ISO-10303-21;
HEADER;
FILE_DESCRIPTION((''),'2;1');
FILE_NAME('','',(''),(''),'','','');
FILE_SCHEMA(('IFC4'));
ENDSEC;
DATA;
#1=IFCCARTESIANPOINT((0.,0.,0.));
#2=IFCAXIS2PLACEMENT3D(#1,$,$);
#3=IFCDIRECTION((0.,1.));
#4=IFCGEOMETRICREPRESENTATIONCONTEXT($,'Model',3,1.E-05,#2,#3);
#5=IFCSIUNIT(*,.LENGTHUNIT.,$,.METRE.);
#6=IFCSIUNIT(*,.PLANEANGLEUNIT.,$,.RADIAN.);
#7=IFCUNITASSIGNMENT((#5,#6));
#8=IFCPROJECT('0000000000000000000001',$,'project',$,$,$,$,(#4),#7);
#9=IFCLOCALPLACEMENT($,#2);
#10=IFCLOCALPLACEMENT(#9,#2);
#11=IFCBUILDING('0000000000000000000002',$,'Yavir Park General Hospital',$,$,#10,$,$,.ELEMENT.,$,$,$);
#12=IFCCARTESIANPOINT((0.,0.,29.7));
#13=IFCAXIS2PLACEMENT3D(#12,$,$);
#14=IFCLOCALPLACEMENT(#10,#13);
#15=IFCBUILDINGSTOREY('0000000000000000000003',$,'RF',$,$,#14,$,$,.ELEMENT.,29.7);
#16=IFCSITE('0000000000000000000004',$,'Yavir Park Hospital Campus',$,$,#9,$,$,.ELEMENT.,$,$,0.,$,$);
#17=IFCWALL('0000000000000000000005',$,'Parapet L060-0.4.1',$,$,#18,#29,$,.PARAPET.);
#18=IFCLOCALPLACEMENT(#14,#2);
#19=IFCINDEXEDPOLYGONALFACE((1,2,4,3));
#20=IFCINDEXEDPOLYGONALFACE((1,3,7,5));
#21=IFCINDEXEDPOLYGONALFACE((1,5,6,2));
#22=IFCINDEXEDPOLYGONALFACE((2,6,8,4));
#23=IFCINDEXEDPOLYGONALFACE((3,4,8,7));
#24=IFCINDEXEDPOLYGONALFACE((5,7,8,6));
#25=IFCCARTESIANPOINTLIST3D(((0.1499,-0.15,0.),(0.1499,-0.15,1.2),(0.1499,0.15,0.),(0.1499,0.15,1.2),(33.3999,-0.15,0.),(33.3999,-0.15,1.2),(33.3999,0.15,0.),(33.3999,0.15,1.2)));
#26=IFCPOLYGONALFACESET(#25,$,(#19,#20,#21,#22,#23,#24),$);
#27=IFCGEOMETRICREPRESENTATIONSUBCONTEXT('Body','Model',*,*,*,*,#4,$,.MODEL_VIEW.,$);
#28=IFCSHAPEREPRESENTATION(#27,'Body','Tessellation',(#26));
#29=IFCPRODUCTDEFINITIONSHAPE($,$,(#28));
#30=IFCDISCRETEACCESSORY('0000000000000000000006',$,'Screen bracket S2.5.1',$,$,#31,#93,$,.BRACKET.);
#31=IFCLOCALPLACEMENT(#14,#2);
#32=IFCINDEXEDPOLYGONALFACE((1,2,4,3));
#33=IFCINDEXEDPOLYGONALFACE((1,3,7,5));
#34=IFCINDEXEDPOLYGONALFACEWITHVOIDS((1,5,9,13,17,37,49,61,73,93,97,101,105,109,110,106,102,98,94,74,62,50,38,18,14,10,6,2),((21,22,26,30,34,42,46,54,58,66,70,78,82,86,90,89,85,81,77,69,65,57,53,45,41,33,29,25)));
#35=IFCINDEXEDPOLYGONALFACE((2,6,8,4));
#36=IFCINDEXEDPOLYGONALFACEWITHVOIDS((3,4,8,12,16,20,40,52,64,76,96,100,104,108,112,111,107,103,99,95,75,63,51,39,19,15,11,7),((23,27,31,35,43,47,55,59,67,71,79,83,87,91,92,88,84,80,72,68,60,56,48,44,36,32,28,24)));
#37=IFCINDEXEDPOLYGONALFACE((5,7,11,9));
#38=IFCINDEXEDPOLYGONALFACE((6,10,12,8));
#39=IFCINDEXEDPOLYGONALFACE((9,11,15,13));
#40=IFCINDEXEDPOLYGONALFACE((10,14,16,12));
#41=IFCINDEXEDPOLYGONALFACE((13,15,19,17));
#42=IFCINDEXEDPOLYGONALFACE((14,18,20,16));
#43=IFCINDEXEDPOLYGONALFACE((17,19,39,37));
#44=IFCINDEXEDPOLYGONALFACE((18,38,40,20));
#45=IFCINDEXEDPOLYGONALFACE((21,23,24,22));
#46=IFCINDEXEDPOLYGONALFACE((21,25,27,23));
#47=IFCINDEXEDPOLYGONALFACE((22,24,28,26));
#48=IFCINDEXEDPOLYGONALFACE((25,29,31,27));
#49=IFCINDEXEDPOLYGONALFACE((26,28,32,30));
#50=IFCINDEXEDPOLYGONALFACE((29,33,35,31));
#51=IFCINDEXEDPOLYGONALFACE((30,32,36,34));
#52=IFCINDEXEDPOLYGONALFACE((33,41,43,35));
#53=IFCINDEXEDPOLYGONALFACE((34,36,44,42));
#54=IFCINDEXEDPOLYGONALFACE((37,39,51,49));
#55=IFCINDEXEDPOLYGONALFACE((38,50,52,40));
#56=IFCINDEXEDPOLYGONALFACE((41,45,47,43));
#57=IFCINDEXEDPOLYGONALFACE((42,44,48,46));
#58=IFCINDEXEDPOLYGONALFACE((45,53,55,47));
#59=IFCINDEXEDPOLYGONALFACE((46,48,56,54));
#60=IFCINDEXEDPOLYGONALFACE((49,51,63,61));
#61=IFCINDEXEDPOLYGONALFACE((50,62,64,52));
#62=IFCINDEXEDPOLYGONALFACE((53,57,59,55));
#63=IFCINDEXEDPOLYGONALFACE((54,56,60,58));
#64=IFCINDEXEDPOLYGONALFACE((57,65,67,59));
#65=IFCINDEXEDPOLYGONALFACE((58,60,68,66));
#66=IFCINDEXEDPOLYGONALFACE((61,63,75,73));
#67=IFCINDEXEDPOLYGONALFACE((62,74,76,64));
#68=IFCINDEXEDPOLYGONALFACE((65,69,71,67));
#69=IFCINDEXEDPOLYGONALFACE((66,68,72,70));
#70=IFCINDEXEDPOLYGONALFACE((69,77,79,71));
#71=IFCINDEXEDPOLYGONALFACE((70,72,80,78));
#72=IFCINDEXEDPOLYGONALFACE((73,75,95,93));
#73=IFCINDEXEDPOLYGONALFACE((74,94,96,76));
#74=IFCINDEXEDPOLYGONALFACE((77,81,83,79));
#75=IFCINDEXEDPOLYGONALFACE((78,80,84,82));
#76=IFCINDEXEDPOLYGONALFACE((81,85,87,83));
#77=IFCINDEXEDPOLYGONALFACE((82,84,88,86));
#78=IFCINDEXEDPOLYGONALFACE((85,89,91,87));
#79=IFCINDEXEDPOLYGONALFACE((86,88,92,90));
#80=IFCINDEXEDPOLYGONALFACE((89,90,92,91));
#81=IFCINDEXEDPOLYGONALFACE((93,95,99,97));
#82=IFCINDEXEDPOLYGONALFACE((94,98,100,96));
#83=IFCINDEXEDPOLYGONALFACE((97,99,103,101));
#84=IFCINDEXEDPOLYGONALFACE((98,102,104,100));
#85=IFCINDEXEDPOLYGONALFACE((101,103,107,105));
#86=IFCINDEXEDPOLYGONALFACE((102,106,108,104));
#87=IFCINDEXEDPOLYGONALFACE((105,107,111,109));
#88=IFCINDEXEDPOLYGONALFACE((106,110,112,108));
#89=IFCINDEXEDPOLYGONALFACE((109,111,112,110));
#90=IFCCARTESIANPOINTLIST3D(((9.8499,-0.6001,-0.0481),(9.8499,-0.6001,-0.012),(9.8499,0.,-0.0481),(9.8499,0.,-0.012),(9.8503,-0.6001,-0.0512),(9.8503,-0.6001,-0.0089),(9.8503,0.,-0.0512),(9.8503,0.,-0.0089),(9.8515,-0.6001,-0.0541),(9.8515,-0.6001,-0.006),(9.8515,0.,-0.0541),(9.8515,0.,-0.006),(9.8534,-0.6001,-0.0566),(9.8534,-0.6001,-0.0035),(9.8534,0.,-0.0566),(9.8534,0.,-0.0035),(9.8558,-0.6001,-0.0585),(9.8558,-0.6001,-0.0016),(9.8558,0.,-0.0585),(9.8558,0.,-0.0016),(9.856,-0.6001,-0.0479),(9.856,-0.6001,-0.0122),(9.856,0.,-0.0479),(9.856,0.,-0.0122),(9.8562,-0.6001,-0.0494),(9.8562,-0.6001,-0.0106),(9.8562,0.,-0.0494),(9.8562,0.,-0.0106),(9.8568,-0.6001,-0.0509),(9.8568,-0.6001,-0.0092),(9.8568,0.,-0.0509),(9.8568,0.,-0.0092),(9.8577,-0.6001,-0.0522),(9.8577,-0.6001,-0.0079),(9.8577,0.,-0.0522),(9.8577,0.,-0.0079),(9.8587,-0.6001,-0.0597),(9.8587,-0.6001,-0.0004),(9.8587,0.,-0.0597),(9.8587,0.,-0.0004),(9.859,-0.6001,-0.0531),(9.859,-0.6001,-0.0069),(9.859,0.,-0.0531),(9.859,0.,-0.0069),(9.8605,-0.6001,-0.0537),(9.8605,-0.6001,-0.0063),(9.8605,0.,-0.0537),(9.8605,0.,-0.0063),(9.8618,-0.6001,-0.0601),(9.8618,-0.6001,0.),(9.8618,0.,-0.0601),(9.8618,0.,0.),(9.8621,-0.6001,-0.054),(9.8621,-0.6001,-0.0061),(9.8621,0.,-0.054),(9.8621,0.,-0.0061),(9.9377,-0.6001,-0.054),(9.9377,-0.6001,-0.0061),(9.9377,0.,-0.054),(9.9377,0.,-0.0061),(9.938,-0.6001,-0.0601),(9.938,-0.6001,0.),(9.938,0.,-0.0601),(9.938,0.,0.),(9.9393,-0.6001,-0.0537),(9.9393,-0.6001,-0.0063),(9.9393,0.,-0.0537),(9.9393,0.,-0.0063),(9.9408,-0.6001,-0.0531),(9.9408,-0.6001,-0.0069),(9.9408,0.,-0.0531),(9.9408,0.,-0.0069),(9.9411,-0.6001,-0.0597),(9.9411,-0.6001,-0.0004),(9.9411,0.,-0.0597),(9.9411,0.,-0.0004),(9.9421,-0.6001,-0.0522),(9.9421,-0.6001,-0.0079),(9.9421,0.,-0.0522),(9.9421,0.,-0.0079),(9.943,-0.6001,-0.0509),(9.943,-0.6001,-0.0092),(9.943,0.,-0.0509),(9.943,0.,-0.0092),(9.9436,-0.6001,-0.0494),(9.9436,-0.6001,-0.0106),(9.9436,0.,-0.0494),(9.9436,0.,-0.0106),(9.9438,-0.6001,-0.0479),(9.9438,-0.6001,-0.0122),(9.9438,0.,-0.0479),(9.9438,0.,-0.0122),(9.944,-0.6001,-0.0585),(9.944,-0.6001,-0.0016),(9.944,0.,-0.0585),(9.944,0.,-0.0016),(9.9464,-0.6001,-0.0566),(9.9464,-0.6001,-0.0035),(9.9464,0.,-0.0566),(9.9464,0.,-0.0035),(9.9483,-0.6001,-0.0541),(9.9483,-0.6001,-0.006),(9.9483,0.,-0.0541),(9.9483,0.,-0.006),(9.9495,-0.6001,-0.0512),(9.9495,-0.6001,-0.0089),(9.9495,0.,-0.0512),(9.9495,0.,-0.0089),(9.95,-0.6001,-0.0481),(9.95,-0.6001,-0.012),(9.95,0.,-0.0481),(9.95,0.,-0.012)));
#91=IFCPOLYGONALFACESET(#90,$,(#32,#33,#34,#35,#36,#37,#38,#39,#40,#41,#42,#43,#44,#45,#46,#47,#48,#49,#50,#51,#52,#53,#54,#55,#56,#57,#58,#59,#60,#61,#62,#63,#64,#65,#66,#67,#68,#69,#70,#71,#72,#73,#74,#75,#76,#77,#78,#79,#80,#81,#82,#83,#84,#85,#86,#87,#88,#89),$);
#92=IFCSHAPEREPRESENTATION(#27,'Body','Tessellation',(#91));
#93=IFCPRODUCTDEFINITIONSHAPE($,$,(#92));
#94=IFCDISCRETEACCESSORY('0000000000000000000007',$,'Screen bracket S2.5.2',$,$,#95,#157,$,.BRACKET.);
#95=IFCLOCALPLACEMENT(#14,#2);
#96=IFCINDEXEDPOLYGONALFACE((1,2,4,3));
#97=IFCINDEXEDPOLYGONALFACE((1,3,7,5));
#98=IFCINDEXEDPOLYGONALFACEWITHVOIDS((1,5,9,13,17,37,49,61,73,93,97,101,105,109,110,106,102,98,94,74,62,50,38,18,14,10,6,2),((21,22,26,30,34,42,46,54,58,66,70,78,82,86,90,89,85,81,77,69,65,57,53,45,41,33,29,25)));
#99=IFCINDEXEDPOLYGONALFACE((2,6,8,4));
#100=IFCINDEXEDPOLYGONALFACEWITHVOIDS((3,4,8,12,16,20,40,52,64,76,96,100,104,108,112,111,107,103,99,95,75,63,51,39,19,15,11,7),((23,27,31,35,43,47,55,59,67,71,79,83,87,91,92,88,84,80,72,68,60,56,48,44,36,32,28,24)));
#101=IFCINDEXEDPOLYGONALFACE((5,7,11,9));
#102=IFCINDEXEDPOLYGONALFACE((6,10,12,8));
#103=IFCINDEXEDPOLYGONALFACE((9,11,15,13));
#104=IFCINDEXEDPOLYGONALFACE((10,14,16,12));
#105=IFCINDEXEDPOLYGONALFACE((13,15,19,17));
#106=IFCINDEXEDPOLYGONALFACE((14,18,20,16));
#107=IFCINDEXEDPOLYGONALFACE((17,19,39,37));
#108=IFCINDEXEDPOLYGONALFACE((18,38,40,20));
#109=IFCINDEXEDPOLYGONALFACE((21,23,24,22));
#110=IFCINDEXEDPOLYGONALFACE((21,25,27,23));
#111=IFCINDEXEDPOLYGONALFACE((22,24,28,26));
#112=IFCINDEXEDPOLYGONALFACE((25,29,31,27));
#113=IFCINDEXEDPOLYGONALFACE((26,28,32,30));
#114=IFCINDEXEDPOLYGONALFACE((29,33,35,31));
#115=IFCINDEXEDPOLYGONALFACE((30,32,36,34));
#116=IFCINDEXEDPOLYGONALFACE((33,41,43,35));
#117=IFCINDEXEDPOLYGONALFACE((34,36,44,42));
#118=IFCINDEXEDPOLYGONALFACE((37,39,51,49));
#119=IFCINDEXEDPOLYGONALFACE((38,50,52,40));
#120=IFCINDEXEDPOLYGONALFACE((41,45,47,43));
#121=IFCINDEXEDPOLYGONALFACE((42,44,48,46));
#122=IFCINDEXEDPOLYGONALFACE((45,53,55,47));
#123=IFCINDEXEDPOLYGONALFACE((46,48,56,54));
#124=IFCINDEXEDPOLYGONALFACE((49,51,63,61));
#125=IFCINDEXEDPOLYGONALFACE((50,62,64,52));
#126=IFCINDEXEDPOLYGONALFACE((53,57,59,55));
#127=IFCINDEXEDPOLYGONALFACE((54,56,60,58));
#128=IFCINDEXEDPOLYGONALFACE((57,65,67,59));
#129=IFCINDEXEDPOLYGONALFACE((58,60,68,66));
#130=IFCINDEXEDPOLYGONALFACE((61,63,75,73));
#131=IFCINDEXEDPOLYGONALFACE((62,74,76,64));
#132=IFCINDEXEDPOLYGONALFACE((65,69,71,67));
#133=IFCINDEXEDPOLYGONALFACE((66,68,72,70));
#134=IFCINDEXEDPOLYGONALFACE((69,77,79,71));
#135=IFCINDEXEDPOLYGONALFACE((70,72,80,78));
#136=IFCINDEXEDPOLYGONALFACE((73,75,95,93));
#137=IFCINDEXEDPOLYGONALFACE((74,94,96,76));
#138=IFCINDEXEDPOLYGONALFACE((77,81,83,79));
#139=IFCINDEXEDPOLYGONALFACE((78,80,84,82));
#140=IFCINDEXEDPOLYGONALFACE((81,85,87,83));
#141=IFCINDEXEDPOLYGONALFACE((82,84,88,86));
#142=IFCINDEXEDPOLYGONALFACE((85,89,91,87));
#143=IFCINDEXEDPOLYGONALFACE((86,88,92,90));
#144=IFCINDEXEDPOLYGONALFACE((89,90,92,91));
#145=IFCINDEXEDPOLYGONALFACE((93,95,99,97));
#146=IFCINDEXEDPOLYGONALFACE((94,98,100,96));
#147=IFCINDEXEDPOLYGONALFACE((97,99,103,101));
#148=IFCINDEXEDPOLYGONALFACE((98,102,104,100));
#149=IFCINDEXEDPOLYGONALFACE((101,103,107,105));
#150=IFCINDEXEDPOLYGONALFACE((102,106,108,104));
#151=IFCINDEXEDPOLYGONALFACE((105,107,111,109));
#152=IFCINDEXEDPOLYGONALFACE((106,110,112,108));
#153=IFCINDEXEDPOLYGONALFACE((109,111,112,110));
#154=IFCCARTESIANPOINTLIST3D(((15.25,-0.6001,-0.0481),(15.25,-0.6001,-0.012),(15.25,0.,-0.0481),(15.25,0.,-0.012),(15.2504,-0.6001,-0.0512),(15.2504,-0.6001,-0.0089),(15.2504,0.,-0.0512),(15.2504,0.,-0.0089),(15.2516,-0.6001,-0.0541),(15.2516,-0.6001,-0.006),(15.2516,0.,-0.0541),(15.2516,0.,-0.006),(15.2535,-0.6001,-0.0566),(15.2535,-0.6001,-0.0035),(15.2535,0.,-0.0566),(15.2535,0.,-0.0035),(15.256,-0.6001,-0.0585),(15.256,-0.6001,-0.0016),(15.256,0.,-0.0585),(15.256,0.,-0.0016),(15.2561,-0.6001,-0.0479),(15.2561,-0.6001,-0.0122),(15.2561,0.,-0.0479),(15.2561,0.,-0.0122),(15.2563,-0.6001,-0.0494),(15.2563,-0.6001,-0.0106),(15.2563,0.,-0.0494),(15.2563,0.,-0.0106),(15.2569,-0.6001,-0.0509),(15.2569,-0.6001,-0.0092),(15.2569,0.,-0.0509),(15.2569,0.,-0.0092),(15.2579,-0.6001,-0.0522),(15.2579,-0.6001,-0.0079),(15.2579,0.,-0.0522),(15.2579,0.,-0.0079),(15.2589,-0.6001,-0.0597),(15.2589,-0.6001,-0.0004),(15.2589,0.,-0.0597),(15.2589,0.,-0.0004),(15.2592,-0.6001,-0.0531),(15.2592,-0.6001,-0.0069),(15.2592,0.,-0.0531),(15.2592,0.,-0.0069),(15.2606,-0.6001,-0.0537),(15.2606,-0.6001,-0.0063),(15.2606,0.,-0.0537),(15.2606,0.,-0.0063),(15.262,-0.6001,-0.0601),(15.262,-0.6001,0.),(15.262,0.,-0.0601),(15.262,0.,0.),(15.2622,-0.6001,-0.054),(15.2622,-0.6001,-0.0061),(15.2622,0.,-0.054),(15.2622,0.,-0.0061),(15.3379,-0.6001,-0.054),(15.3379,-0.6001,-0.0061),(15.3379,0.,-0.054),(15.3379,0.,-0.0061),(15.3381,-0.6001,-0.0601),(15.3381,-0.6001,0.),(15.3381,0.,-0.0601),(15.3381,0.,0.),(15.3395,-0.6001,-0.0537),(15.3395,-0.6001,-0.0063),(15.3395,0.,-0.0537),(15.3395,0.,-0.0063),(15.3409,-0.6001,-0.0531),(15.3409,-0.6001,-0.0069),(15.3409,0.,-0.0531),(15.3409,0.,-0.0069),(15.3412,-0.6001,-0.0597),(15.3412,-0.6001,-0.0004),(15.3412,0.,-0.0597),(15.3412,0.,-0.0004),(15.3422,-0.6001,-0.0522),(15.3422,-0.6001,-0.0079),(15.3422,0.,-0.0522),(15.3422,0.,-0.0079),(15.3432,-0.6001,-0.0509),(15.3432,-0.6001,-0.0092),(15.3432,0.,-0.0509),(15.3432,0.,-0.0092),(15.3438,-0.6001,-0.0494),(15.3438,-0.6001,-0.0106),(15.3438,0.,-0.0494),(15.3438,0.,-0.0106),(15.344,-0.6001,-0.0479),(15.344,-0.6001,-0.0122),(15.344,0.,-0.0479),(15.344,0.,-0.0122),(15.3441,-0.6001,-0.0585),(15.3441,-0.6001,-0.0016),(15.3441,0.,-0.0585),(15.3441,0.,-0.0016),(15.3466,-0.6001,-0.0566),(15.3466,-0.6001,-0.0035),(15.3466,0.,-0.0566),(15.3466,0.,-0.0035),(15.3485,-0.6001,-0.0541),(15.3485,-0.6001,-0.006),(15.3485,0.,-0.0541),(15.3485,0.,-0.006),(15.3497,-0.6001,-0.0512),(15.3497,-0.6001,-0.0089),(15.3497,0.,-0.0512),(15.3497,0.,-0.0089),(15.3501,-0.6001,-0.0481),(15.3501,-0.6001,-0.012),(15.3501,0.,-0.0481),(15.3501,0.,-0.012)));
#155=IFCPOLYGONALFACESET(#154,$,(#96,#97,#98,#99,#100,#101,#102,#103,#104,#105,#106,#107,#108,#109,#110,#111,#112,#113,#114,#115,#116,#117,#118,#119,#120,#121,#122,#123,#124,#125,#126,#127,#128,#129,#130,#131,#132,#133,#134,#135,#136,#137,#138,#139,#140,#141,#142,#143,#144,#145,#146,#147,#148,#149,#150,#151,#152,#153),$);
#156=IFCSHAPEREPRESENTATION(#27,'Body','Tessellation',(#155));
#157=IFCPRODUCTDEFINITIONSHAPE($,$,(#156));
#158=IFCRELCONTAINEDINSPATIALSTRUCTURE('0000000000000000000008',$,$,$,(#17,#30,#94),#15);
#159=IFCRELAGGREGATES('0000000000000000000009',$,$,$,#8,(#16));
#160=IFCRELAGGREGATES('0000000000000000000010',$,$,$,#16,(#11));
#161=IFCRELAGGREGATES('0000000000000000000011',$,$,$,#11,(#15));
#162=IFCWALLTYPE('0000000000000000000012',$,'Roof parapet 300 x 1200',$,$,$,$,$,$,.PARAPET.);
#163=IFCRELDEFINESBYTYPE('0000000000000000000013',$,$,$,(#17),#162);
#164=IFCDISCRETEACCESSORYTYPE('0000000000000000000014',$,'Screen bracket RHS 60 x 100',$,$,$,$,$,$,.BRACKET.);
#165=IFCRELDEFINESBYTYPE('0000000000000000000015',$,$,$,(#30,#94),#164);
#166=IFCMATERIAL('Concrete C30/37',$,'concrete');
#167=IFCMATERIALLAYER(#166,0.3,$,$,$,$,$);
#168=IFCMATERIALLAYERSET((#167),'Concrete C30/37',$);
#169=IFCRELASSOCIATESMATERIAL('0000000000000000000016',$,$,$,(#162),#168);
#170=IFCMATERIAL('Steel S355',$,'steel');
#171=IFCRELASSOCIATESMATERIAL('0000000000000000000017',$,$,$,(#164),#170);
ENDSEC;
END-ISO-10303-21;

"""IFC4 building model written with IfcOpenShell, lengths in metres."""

from ifc_helpers import new_model, si_unit, direction, frame, frame_2d, origin, origin_2d, place, context, subcontext, project, spatial, rectangle, hollow_rectangle, extrude, material, layer, layer_set, material_profile, profile_set, type_object, element, save


model = new_model("IFC4")

# Units and contexts
model_context = context("Model", 3, precision=1e-05, world=origin(), true_north=direction((0.0, 1.0)))
body_context = subcontext(model_context, "Body", "Model", "MODEL_VIEW")
ifc_project = project(units=[si_unit("LENGTHUNIT", "METRE"), si_unit("PLANEANGLEUNIT", "RADIAN")], contexts=[model_context])

# Site, building, storey
site_placement = place(None, origin())
site = spatial("IfcSite", under=ifc_project, at=site_placement, Name="Yavir Park Hospital Campus", CompositionType="ELEMENT", RefElevation=0.0)
building_placement = place(site_placement, origin())
building = spatial("IfcBuilding", under=site, at=building_placement, Name="Yavir Park General Hospital", CompositionType="ELEMENT")
storey_placement = place(building_placement, frame((0.0, 0.0, 29.7)))
storey = spatial("IfcBuildingStorey", under=building, at=storey_placement, Name="RF", CompositionType="ELEMENT", Elevation=29.7)

# Wall
ifc_material_1 = material(Name="Concrete C30/37", Category="concrete")
ifc_layer_1 = layer(ifc_material_1, 0.3)
ifc_layer_set_1 = layer_set([ifc_layer_1], Name="Concrete C30/37")
wall_type_1 = type_object("IfcWallType", Name="Roof parapet 300 x 1200", PredefinedType="PARAPET", material=ifc_layer_set_1)
wall_1_placement = place(storey_placement, frame((0.1499, 0.0, 0.0), z_axis=(0.0, 0.0, 1.0), x_axis=(1.0, 0.0, 0.0)))
element("IfcWall", 1, at=wall_1_placement, inside=storey, type_object=wall_type_1, Name="Parapet L060-0.4.1", PredefinedType="PARAPET", context=body_context, shape_type="SweptSolid", body=[
    extrude(rectangle(XDim=33.25, YDim=0.3, at=frame_2d((16.625, 0.0))), origin(), (0.0, 0.0, 1.0), 1.2),
])

# Discrete accessories
ifc_material_2 = material(Name="Steel S355", Category="steel")
ifc_material_profile = material_profile(ifc_material_2, hollow_rectangle(XDim=0.1001, YDim=0.0601, WallThickness=0.0061, InnerFilletRadius=0.0061, OuterFilletRadius=0.012, at=origin_2d()), Name="RHS60x100x6")
ifc_profile_set = profile_set([ifc_material_profile], Name="Steel S355")
discrete_accessory_type = type_object("IfcDiscreteAccessoryType", Name="Screen bracket RHS 60 x 100", PredefinedType="BRACKET", material=ifc_profile_set)
for number, where, z_axis, x_axis, name in (
    (2, (9.8999, 0.0, -0.03), (0.0, -1.0, 0.0), (1.0, 0.0, 0.0), "Screen bracket S2.5.1"),
    (3, (15.3, 0.0, -0.03), (0.0, -1.0, 0.0), (1.0, 0.0, 0.0), "Screen bracket S2.5.2"),
):
    element("IfcDiscreteAccessory", number, at=place(storey_placement, frame(where, z_axis=z_axis, x_axis=x_axis)), inside=storey, type_object=discrete_accessory_type, Name=name, PredefinedType="BRACKET", context=body_context, shape_type="SweptSolid", body=[
        extrude(hollow_rectangle(XDim=0.1001, YDim=0.0601, WallThickness=0.0061, InnerFilletRadius=0.0061, OuterFilletRadius=0.012, at=origin_2d()), origin(), (0.0, 0.0, 1.0), 0.6001),
    ])

save(model, "model.ifc")
